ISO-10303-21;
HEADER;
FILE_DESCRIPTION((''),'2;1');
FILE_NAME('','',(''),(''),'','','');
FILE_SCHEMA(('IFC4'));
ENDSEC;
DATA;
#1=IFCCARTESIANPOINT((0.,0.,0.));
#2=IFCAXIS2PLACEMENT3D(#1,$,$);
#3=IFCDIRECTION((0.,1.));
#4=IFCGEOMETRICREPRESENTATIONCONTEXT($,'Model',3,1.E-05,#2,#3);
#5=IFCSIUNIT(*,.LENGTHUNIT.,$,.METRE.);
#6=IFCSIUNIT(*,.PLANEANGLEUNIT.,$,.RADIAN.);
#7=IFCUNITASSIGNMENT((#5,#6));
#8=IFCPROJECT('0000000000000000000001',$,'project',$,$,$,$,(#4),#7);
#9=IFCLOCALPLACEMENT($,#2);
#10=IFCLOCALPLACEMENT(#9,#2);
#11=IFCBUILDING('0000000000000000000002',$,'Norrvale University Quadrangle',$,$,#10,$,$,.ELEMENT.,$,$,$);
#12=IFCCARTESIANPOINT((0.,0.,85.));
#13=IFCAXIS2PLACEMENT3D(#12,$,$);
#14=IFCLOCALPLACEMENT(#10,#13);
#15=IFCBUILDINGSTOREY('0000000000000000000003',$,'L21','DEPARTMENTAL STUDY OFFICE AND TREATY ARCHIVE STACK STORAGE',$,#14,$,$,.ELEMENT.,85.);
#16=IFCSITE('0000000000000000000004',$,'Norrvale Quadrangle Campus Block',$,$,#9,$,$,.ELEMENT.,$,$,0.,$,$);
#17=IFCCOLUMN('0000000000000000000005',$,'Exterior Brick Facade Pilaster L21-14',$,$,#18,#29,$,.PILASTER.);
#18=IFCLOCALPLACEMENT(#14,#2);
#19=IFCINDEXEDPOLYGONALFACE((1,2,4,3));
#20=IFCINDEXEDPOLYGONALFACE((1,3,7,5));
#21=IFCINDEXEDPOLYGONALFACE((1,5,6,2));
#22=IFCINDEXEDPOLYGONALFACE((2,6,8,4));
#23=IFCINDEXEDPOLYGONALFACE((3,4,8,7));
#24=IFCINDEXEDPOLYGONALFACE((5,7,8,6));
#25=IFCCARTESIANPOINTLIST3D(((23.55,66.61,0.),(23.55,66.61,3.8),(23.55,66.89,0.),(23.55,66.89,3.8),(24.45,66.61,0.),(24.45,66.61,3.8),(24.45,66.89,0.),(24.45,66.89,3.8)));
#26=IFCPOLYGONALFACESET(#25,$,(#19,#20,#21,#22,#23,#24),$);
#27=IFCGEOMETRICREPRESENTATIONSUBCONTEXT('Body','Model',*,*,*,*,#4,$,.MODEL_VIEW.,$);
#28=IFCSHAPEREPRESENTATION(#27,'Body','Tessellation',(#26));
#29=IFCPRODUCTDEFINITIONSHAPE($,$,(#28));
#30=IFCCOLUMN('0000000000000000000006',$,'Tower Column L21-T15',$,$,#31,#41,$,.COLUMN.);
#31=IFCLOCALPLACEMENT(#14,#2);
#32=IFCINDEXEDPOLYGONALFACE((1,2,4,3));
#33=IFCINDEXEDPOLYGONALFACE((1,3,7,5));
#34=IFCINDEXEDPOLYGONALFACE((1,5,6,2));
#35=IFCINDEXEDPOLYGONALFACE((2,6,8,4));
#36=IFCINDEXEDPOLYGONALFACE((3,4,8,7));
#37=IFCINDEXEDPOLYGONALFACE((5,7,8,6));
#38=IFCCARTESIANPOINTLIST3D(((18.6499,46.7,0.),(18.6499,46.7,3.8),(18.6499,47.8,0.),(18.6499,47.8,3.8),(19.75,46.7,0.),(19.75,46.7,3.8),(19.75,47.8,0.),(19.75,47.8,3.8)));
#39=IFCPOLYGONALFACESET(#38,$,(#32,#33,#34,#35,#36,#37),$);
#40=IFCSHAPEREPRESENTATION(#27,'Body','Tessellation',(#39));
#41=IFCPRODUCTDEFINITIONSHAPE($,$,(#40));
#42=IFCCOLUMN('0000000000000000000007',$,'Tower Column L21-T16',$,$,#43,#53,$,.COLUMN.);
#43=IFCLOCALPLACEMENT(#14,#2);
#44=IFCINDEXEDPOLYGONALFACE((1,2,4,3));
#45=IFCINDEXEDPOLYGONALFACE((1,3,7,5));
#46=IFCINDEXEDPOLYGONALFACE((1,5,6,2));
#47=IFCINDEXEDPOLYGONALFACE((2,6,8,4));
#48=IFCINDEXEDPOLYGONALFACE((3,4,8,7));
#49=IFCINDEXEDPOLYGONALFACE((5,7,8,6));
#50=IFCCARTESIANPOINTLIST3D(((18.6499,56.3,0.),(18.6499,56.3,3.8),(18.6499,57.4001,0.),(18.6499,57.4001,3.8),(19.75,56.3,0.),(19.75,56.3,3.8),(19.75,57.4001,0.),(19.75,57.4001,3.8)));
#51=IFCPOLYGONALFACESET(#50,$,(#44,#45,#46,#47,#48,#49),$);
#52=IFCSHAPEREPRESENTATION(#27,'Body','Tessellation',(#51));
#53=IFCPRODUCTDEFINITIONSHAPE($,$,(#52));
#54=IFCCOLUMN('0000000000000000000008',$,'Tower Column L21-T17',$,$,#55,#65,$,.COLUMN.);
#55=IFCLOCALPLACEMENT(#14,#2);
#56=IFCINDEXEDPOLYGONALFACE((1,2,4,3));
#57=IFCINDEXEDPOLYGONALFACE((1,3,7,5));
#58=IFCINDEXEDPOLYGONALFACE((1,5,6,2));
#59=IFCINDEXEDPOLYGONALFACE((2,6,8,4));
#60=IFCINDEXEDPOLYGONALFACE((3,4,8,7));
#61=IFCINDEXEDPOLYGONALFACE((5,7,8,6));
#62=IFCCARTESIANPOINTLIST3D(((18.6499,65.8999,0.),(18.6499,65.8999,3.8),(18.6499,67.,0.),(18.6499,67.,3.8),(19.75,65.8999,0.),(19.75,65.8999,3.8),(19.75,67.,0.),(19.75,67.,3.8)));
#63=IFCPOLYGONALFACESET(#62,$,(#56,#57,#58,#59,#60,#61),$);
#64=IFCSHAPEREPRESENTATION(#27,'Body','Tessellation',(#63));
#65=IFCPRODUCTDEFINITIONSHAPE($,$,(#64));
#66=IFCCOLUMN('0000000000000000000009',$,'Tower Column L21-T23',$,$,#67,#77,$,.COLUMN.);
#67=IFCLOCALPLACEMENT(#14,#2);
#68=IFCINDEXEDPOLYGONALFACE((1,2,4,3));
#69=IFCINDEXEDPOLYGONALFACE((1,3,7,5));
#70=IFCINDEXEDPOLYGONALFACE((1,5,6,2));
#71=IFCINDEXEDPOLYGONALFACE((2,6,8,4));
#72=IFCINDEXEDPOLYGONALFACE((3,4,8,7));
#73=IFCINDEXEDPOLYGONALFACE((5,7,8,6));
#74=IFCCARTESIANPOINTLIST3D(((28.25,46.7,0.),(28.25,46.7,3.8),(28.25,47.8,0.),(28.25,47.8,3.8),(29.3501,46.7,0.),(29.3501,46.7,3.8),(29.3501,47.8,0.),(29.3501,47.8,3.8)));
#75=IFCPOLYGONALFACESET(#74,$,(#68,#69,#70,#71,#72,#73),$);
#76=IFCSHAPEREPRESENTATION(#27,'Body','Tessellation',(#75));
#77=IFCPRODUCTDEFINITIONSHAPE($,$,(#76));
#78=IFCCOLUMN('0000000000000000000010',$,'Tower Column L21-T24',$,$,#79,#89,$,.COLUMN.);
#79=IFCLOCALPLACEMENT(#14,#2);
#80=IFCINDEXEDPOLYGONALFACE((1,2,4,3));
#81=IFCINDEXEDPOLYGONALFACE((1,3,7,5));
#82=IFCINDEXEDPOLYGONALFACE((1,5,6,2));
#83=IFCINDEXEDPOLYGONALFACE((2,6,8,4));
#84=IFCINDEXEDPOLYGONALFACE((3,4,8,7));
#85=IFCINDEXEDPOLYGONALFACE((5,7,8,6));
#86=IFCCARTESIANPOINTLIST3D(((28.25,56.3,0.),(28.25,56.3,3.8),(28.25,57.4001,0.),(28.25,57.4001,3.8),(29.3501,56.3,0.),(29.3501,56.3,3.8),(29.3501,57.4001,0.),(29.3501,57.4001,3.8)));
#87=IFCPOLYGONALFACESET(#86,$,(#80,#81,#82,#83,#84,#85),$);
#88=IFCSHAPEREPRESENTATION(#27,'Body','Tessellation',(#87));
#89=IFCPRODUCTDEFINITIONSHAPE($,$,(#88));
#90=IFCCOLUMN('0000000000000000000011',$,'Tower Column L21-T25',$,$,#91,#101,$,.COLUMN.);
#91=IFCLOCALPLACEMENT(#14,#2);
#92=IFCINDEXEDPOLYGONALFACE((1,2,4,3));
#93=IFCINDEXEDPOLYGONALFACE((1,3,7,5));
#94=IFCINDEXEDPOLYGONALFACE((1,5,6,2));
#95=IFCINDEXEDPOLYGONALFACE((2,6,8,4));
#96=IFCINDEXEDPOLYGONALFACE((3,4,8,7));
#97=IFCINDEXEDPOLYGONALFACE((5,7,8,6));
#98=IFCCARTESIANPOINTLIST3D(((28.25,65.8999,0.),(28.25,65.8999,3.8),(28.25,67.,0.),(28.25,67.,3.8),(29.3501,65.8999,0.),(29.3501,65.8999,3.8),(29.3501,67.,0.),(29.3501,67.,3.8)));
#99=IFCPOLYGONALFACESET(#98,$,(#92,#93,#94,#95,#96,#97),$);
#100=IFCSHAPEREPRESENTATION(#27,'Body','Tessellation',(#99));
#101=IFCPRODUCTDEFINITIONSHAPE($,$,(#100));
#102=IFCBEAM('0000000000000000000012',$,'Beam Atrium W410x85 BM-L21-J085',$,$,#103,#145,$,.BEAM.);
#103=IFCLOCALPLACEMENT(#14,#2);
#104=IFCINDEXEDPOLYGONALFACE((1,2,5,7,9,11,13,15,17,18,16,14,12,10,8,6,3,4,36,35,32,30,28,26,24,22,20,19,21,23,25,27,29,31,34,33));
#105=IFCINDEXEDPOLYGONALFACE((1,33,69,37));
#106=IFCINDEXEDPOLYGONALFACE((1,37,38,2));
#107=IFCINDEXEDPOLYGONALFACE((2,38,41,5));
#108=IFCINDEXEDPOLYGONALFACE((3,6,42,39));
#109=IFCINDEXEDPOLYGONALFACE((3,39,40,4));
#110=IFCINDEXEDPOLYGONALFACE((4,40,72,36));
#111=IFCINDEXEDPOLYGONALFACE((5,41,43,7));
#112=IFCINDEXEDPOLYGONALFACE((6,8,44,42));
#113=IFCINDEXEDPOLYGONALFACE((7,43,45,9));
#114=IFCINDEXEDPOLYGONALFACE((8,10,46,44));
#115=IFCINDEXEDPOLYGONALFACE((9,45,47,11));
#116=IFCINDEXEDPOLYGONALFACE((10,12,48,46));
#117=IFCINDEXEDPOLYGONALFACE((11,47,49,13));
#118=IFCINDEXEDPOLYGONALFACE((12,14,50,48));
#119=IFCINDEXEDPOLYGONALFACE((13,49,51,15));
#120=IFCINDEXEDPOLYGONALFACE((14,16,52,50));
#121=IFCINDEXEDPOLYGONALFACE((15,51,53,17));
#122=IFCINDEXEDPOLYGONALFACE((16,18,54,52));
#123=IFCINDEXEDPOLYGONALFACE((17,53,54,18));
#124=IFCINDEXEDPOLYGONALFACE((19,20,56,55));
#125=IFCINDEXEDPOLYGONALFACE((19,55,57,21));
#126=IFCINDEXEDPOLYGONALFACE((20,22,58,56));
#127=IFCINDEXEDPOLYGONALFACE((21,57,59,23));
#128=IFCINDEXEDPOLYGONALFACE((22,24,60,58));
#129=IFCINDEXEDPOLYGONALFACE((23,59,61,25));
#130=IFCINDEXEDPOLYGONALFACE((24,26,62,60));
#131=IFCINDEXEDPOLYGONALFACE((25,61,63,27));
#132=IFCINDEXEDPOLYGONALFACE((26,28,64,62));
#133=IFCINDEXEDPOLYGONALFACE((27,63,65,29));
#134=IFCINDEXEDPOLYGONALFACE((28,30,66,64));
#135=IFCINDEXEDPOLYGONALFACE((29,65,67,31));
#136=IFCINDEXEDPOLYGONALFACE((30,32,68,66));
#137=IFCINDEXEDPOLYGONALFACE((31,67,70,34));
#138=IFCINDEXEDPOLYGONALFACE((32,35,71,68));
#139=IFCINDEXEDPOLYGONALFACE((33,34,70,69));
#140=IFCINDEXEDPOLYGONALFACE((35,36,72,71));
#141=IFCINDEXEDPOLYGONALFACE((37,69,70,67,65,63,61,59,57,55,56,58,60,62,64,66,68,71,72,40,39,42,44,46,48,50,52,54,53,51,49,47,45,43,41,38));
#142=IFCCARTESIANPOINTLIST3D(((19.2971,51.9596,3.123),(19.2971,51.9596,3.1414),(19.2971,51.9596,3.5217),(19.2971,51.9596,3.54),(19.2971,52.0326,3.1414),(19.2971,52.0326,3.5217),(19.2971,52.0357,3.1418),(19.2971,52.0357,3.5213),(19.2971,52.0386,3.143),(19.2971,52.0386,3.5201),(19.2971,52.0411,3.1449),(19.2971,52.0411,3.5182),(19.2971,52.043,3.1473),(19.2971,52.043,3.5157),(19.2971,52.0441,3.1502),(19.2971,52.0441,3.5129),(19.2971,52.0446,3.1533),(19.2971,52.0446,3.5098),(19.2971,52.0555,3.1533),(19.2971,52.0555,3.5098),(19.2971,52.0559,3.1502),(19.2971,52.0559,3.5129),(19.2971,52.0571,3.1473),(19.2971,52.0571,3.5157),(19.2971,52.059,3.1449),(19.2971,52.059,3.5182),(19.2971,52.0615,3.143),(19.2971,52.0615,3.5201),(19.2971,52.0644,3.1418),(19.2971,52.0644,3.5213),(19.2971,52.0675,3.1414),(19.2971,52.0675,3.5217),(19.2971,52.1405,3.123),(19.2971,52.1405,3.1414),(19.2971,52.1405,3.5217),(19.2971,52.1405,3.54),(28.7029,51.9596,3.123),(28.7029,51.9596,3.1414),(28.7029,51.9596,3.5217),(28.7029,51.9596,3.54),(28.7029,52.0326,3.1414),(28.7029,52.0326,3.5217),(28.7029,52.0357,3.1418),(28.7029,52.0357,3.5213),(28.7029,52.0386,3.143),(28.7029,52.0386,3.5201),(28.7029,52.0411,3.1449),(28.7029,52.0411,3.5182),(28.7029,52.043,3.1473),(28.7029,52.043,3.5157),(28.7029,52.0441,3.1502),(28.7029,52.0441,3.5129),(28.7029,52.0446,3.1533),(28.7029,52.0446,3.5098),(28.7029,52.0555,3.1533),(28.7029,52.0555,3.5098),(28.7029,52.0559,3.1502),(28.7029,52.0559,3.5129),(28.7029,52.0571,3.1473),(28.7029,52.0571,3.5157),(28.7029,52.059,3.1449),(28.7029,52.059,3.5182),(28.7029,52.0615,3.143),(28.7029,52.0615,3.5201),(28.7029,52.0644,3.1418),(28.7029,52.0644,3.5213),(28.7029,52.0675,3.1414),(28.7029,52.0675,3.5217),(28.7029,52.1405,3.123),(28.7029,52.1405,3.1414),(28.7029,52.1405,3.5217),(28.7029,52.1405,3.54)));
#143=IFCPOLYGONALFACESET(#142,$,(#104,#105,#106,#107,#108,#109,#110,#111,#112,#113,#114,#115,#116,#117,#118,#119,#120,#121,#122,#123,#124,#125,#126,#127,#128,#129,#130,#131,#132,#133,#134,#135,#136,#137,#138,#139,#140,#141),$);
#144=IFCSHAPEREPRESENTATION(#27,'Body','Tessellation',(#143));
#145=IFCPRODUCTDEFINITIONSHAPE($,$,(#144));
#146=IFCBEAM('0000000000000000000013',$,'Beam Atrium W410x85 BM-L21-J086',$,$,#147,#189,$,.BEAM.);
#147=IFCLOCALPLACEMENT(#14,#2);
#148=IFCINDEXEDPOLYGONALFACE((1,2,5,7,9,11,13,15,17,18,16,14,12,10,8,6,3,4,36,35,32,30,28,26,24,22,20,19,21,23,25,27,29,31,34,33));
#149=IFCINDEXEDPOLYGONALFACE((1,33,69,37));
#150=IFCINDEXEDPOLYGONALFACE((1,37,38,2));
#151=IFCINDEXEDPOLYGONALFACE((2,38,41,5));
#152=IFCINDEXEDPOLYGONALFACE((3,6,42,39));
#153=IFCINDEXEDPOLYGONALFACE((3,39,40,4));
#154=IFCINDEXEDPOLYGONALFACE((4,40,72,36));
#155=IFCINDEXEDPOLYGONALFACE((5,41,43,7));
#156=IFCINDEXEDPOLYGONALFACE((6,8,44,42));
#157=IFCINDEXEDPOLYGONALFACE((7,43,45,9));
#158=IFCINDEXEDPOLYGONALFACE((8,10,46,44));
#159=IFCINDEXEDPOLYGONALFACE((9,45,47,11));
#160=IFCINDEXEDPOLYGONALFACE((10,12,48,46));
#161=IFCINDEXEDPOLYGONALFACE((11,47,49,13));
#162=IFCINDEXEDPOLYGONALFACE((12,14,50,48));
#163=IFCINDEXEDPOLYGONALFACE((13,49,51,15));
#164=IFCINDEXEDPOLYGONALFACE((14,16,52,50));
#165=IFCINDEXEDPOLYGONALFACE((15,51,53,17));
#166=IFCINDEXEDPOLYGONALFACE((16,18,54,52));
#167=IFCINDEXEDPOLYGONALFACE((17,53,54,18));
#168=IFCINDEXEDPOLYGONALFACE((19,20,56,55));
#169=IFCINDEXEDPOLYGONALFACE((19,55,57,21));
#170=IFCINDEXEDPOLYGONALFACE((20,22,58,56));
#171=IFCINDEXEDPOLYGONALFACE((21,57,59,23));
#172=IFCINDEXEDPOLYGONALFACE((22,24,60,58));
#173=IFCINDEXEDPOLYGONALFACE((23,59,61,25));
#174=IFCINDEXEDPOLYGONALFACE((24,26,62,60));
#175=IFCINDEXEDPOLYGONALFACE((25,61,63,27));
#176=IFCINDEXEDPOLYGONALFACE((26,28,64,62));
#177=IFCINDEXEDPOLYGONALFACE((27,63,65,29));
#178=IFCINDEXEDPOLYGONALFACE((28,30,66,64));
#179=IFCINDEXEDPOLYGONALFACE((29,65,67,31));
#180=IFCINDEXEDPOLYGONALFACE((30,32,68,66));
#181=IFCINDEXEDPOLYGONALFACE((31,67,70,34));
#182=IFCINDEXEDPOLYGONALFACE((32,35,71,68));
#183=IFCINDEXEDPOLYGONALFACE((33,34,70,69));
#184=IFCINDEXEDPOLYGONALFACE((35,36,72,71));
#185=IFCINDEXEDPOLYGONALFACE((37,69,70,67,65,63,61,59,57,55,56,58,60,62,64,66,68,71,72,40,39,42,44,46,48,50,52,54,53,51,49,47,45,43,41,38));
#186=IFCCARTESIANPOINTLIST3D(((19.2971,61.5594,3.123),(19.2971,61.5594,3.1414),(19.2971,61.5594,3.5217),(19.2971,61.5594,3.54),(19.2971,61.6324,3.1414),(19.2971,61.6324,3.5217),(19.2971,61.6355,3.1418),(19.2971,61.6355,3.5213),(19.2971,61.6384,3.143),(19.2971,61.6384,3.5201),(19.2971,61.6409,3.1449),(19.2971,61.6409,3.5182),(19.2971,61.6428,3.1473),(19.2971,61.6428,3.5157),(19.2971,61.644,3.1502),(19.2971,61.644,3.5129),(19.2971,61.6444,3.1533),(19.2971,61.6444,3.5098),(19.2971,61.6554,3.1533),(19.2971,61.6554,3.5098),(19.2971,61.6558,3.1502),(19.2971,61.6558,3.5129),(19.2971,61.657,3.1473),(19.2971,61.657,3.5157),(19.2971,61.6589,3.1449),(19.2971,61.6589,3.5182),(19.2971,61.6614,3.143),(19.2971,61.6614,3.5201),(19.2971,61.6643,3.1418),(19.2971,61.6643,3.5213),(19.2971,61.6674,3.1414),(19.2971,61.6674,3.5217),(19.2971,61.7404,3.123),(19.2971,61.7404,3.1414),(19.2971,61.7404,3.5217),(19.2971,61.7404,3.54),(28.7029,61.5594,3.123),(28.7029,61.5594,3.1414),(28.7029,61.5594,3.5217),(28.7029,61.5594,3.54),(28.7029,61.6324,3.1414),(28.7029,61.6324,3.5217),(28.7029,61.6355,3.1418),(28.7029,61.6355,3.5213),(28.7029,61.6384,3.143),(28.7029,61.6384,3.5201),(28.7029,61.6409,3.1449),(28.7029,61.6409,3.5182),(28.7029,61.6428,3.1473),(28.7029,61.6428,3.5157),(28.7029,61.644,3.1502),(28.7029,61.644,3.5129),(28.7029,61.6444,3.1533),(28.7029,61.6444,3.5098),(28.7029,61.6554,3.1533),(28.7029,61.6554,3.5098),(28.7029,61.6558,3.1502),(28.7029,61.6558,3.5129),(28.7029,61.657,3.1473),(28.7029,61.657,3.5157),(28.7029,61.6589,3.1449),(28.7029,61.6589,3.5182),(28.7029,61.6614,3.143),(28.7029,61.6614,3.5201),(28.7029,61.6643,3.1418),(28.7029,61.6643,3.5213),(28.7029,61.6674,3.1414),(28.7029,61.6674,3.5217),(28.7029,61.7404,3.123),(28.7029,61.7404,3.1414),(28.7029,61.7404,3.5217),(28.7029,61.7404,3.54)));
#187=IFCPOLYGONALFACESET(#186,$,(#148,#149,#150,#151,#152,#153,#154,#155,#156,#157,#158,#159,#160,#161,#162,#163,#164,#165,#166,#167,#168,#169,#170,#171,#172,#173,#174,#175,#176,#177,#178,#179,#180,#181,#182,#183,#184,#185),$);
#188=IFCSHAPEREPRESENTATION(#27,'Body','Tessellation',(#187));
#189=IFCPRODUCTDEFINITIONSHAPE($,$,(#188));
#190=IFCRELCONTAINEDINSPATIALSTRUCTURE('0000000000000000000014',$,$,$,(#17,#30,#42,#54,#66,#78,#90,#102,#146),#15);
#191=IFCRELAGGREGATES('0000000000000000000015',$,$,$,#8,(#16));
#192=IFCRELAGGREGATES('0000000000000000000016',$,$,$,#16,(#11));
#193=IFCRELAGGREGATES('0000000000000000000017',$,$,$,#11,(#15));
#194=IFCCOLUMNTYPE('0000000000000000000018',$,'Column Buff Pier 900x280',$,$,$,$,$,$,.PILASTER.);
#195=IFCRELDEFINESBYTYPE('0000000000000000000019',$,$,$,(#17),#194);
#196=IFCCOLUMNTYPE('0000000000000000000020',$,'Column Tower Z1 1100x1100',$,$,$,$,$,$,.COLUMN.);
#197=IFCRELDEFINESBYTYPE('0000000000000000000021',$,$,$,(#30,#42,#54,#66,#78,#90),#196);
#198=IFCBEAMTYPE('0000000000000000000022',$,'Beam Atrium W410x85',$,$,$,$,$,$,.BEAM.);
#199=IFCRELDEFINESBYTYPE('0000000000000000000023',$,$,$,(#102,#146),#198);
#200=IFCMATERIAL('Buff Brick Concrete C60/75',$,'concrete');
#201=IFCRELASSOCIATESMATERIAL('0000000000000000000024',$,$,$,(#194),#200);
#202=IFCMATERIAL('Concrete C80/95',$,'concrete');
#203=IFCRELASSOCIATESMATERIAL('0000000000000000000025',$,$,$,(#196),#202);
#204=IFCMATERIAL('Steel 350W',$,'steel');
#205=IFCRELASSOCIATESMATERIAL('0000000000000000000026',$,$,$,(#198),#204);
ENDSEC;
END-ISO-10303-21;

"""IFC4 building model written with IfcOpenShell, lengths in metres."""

from ifc_helpers import new_model, si_unit, direction, frame, origin, origin_2d, place, context, subcontext, project, spatial, rectangle, i_section, extrude, material, material_profile, profile_set, type_object, element, save


model = new_model("IFC4")

# Units and contexts
model_context = context("Model", 3, precision=1e-05, world=origin(), true_north=direction((0.0, 1.0)))
body_context = subcontext(model_context, "Body", "Model", "MODEL_VIEW")
ifc_project = project(units=[si_unit("LENGTHUNIT", "METRE"), si_unit("PLANEANGLEUNIT", "RADIAN")], contexts=[model_context])

# Site, building, storey
site_placement = place(None, origin())
site = spatial("IfcSite", under=ifc_project, at=site_placement, Name="Norrvale Quadrangle Campus Block", CompositionType="ELEMENT", RefElevation=0.0)
building_placement = place(site_placement, origin())
building = spatial("IfcBuilding", under=site, at=building_placement, Name="Norrvale University Quadrangle", CompositionType="ELEMENT")
storey_placement = place(building_placement, frame((0.0, 0.0, 85.0)))
storey = spatial("IfcBuildingStorey", under=building, at=storey_placement, Name="L21", Description="DEPARTMENTAL STUDY OFFICE AND TREATY ARCHIVE STACK STORAGE", CompositionType="ELEMENT", Elevation=85.0)

# Columns
ifc_material_1 = material(Name="Buff Brick Concrete C60/75", Category="concrete")
ifc_material_profile_1 = material_profile(ifc_material_1, rectangle(XDim=0.8999, YDim=0.28, at=origin_2d()), Name="Buff Brick Concrete C60/75")
ifc_profile_set_1 = profile_set([ifc_material_profile_1], Name="Buff Brick Concrete C60/75")
column_type_1 = type_object("IfcColumnType", Name="Column Buff Pier 900x280", PredefinedType="PILASTER", material=ifc_profile_set_1)
column_placement = place(storey_placement, frame((24.0, 66.75, 0.0), z_axis=(0.0, 0.0, 1.0), x_axis=(1.0, 0.0, 0.0)))
element("IfcColumn", 1, at=column_placement, inside=storey, type_object=column_type_1, Name="Exterior Brick Facade Pilaster L21-14", PredefinedType="PILASTER", context=body_context, shape_type="SweptSolid", body=[
    extrude(rectangle(XDim=0.8999, YDim=0.28, at=origin_2d()), origin(), (0.0, 0.0, 1.0), 3.8),
])
ifc_material_2 = material(Name="Concrete C80/95", Category="concrete")
ifc_material_profile_2 = material_profile(ifc_material_2, rectangle(XDim=1.1001, YDim=1.1001, at=origin_2d()), Name="Concrete C80/95")
ifc_profile_set_2 = profile_set([ifc_material_profile_2], Name="Concrete C80/95")
column_type_2 = type_object("IfcColumnType", Name="Column Tower Z1 1100x1100", PredefinedType="COLUMN", material=ifc_profile_set_2)
for number, where, z_axis, x_axis, name in (
    (2, (19.2, 47.25, 0.0), (0.0, 0.0, 1.0), (1.0, 0.0, 0.0), "Tower Column L21-T15"),
    (3, (19.2, 56.8501, 0.0), (0.0, 0.0, 1.0), (1.0, 0.0, 0.0), "Tower Column L21-T16"),
    (4, (19.2, 66.45, 0.0), (0.0, 0.0, 1.0), (1.0, 0.0, 0.0), "Tower Column L21-T17"),
    (5, (28.8, 47.25, 0.0), (0.0, 0.0, 1.0), (1.0, 0.0, 0.0), "Tower Column L21-T23"),
    (6, (28.8, 56.8501, 0.0), (0.0, 0.0, 1.0), (1.0, 0.0, 0.0), "Tower Column L21-T24"),
    (7, (28.8, 66.45, 0.0), (0.0, 0.0, 1.0), (1.0, 0.0, 0.0), "Tower Column L21-T25"),
):
    element("IfcColumn", number, at=place(storey_placement, frame(where, z_axis=z_axis, x_axis=x_axis)), inside=storey, type_object=column_type_2, Name=name, PredefinedType="COLUMN", context=body_context, shape_type="SweptSolid", body=[
        extrude(rectangle(XDim=1.1001, YDim=1.1001, at=origin_2d()), origin(), (0.0, 0.0, 1.0), 3.8),
    ])

# Beams
ifc_material_3 = material(Name="Steel 350W", Category="steel")
ifc_material_profile_3 = material_profile(ifc_material_3, i_section(OverallWidth=0.1809, OverallDepth=0.417, WebThickness=0.011, FlangeThickness=0.0183, FilletRadius=0.012, at=origin_2d()), Name="Steel 350W")
ifc_profile_set_3 = profile_set([ifc_material_profile_3], Name="Steel 350W")
beam_type_1 = type_object("IfcBeamType", Name="Beam Atrium W410x85", PredefinedType="BEAM", material=ifc_profile_set_3)
for number, where, z_axis, x_axis, name in (
    (8, (19.2971, 52.05, 3.3315), (1.0, 0.0, 0.0), (0.0, 1.0, 0.0), "Beam Atrium W410x85 BM-L21-J085"),
    (9, (19.2971, 61.6499, 3.3315), (1.0, 0.0, 0.0), (0.0, 1.0, 0.0), "Beam Atrium W410x85 BM-L21-J086"),
):
    element("IfcBeam", number, at=place(storey_placement, frame(where, z_axis=z_axis, x_axis=x_axis)), inside=storey, type_object=beam_type_1, Name=name, PredefinedType="BEAM", context=body_context, shape_type="SweptSolid", body=[
        extrude(i_section(OverallWidth=0.1809, OverallDepth=0.417, WebThickness=0.011, FlangeThickness=0.0183, FilletRadius=0.012, at=origin_2d()), origin(), (0.0, 0.0, 1.0), 9.4058),
    ])

save(model, "model.ifc")
